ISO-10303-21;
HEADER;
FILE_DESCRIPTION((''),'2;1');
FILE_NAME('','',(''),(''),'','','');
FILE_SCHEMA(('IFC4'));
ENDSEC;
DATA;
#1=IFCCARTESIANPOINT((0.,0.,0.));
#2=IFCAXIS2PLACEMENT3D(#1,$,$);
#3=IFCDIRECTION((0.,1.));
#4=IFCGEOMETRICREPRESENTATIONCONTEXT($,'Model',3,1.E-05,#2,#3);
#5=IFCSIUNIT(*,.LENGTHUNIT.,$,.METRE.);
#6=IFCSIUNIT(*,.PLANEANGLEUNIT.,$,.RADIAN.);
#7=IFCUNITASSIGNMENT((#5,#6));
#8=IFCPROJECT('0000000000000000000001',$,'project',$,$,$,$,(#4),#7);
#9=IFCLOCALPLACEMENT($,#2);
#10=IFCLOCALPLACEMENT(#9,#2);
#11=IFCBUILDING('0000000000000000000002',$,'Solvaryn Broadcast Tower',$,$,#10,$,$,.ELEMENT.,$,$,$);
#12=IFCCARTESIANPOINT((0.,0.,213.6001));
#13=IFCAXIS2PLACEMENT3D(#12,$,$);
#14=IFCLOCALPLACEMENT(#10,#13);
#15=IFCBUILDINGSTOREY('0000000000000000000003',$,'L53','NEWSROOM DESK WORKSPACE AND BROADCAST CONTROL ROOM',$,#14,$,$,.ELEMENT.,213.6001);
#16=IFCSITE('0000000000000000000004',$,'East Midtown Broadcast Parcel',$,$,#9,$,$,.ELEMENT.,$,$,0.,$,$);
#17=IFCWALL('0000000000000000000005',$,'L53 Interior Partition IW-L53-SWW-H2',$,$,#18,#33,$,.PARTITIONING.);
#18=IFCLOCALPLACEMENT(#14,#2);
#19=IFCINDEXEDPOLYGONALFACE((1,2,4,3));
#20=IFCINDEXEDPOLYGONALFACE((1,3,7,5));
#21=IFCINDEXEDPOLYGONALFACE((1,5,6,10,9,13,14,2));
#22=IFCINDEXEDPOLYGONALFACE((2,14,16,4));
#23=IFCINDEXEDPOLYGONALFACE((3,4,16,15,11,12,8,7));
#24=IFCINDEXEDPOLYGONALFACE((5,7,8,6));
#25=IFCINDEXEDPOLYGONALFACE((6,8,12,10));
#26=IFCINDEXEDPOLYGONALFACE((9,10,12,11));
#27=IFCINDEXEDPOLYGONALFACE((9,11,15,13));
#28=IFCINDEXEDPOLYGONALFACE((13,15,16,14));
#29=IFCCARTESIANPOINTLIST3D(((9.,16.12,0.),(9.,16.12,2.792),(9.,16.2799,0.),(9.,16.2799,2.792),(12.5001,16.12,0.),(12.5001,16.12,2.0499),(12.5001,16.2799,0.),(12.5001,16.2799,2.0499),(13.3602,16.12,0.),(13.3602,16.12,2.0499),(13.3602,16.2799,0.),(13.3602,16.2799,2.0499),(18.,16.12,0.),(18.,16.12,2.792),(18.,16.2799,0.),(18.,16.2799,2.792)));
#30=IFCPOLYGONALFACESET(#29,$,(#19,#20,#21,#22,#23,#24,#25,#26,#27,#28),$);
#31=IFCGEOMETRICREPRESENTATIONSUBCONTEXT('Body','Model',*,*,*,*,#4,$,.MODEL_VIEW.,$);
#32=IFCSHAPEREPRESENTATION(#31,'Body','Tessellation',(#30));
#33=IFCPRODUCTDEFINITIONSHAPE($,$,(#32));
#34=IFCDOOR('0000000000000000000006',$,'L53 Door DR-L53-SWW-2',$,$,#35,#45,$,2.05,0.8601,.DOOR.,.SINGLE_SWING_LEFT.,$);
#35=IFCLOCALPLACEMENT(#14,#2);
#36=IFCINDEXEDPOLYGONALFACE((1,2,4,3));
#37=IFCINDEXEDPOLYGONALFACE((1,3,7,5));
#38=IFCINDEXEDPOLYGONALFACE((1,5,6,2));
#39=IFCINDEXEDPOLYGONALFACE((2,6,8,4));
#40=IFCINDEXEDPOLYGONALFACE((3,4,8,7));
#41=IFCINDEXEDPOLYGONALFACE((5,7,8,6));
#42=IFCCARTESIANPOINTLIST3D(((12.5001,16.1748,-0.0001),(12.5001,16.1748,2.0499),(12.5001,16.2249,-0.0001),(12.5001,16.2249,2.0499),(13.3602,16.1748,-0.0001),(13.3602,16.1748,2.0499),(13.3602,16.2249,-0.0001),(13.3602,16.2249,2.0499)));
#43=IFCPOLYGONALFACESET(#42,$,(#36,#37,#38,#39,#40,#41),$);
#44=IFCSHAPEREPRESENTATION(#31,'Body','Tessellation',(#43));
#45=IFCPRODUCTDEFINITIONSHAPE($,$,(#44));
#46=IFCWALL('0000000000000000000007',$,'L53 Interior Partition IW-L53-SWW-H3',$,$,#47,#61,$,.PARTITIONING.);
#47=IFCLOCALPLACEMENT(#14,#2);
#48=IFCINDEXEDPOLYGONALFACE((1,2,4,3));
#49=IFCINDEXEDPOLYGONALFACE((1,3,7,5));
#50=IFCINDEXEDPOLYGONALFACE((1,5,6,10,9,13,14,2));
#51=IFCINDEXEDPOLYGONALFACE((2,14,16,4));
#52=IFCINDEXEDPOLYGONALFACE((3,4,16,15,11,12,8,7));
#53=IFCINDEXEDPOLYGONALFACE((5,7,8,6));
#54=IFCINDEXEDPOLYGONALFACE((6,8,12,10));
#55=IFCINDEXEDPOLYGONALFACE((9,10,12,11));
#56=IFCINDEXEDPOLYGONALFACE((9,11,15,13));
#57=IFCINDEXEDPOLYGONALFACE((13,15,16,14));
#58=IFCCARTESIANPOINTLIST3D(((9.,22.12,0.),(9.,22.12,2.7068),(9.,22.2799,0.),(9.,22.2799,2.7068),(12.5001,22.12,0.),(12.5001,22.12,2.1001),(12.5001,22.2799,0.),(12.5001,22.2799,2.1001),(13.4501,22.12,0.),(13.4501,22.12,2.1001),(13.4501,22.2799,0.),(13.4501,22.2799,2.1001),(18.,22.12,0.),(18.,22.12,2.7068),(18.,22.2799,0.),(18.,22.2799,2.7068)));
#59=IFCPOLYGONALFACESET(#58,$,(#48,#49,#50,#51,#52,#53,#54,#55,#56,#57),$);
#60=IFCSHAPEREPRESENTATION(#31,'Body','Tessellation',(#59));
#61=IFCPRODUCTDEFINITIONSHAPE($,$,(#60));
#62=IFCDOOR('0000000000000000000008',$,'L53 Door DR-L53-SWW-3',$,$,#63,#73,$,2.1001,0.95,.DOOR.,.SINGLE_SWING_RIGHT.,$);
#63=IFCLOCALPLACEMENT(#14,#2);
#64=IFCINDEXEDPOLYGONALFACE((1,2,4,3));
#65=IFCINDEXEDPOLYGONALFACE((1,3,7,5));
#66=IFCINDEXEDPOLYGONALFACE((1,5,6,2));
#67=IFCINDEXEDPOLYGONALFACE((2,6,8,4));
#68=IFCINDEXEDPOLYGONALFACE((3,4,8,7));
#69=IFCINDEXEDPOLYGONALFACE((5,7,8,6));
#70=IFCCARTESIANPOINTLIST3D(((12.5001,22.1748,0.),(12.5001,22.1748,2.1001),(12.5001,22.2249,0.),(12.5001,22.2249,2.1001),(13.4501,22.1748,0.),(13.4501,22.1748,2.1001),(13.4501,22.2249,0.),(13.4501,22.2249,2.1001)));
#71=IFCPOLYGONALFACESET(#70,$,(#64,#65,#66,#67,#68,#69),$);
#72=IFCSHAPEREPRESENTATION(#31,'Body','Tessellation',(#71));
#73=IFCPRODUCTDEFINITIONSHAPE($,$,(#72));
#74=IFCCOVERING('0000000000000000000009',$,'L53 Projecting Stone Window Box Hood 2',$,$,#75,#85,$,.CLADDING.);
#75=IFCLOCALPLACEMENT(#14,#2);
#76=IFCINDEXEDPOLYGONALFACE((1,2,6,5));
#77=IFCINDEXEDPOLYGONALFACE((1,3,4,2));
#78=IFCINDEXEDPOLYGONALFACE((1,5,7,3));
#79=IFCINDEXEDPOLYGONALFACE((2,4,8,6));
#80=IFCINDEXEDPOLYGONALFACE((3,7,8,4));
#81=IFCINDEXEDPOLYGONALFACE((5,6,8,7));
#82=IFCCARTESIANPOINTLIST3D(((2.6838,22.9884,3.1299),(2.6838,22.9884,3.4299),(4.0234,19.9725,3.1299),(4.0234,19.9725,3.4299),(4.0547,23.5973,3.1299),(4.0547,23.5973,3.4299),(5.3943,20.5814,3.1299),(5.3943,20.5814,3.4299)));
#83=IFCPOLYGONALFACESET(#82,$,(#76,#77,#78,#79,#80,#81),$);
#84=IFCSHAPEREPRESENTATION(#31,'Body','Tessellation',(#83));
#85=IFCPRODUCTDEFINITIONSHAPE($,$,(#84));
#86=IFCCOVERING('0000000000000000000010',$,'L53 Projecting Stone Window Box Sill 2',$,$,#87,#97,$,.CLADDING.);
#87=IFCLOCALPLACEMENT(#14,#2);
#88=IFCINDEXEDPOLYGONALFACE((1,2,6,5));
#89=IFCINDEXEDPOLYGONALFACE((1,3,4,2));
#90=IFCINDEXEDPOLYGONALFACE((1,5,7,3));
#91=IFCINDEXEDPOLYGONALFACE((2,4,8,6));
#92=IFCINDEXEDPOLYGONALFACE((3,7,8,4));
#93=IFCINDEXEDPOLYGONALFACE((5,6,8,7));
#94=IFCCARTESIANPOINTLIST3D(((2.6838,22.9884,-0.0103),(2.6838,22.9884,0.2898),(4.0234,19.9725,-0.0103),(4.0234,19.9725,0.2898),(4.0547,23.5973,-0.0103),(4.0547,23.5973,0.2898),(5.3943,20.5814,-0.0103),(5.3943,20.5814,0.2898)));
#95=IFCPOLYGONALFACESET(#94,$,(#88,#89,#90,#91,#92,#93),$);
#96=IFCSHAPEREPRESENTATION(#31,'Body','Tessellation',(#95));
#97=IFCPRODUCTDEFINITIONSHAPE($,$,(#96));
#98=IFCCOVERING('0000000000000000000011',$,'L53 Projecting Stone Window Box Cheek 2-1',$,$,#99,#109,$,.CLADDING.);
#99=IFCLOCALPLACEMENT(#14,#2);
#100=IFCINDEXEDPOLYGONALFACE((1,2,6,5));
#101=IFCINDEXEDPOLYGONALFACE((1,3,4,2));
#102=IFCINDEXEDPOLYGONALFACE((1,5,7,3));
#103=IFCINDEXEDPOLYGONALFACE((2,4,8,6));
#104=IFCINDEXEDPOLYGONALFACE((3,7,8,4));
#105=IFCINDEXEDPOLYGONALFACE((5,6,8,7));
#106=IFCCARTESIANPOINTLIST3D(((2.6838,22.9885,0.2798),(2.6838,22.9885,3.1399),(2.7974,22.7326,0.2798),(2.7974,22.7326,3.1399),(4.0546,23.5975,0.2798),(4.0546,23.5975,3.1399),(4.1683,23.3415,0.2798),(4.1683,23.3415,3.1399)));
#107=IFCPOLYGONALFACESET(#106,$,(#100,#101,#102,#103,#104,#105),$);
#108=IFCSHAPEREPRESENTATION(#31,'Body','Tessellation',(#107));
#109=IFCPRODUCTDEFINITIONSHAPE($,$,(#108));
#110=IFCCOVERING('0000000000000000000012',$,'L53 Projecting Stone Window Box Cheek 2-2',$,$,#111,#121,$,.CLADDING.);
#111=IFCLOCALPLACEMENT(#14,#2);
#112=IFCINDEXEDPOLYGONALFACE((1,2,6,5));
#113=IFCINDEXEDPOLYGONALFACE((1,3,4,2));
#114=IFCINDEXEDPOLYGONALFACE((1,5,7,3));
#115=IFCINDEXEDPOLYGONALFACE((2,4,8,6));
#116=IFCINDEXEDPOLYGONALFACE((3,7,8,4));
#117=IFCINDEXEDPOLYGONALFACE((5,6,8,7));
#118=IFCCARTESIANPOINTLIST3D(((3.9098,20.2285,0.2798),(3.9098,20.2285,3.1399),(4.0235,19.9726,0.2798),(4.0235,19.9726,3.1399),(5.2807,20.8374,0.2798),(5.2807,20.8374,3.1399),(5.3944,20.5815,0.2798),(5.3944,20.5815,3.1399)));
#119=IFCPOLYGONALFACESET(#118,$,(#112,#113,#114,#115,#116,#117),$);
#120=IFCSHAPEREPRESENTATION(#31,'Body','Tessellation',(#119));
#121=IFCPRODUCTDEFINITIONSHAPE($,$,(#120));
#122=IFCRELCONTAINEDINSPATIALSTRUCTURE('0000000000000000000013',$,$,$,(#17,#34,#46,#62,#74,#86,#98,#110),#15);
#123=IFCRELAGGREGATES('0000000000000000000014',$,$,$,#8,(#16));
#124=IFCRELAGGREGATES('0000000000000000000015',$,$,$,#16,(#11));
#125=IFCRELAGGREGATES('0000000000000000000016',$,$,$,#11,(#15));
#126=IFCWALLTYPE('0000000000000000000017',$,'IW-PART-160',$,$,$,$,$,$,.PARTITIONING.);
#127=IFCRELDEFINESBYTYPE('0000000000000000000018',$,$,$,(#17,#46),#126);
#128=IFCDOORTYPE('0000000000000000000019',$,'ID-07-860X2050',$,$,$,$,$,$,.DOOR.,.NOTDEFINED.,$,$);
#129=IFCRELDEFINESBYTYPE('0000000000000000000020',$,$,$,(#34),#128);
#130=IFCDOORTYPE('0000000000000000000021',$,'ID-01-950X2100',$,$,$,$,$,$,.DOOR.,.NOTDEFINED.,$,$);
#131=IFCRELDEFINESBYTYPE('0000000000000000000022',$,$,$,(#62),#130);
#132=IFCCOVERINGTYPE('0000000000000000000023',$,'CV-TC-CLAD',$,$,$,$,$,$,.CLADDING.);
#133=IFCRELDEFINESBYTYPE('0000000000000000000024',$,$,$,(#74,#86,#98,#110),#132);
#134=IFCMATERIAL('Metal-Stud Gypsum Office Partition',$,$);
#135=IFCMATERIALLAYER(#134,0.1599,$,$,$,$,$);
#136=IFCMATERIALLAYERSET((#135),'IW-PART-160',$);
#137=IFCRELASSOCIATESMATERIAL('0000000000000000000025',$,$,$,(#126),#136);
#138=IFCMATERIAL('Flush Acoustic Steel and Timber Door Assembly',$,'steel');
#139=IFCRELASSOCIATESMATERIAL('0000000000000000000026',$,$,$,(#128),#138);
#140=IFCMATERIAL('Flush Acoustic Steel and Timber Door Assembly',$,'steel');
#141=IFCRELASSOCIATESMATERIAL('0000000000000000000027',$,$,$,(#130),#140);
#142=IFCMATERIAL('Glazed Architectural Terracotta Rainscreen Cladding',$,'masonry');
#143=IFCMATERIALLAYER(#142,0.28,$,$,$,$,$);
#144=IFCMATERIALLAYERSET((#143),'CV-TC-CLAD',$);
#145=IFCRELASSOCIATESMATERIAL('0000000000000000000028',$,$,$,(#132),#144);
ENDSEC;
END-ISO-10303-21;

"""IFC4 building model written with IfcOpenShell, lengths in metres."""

from ifc_helpers import new_model, si_unit, direction, frame, frame_2d, origin, origin_2d, place, context, subcontext, project, spatial, rectangle, extrude, material, layer, layer_set, type_object, element, fill, save


model = new_model("IFC4")

# Units and contexts
model_context = context("Model", 3, precision=1e-05, world=origin(), true_north=direction((0.0, 1.0)))
body_context = subcontext(model_context, "Body", "Model", "MODEL_VIEW")
ifc_project = project(units=[si_unit("LENGTHUNIT", "METRE"), si_unit("PLANEANGLEUNIT", "RADIAN")], contexts=[model_context])

# Site, building, storey
site_placement = place(None, origin())
site = spatial("IfcSite", under=ifc_project, at=site_placement, Name="East Midtown Broadcast Parcel", CompositionType="ELEMENT", RefElevation=0.0)
building_placement = place(site_placement, origin())
building = spatial("IfcBuilding", under=site, at=building_placement, Name="Solvaryn Broadcast Tower", CompositionType="ELEMENT")
storey_placement = place(building_placement, frame((0.0, 0.0, 213.6001)))
storey = spatial("IfcBuildingStorey", under=building, at=storey_placement, Name="L53", Description="NEWSROOM DESK WORKSPACE AND BROADCAST CONTROL ROOM", CompositionType="ELEMENT", Elevation=213.6001)

# Shared definitions
ifc_material_1 = material(Name="Metal-Stud Gypsum Office Partition")
ifc_layer_1 = layer(ifc_material_1, 0.1599)
ifc_layer_set_1 = layer_set([ifc_layer_1], Name="IW-PART-160")
wall_type = type_object("IfcWallType", Name="IW-PART-160", PredefinedType="PARTITIONING", material=ifc_layer_set_1)

# Walls, openings, doors
wall_1_placement = place(storey_placement, frame((9.0, 16.2, 0.0), z_axis=(0.0, 0.0, 1.0), x_axis=(1.0, 0.0, 0.0)))
wall_1 = element("IfcWall", 1, at=wall_1_placement, inside=storey, type_object=wall_type, Name="L53 Interior Partition IW-L53-SWW-H2", PredefinedType="PARTITIONING", context=body_context, shape_type="SweptSolid", body=[
    extrude(rectangle(XDim=9.0, YDim=0.1599, at=frame_2d((4.5, 0.0))), origin(), (0.0, 0.0, 1.0), 2.792),
])
opening_1_placement = place(wall_1_placement, frame((3.5, 0.0, 0.0)))
opening_1 = element("IfcOpeningElement", 2, at=opening_1_placement, cuts=wall_1, PredefinedType="OPENING", context=body_context, shape_type="SweptSolid", body=[
    extrude(rectangle(XDim=0.8601, YDim=2.05, at=frame_2d((0.4302, 1.0249))), frame((0.0, 0.0901, 0.0), z_axis=(0.0, -1.0, 0.0), x_axis=(1.0, 0.0, 0.0)), (0.0, 0.0, 1.0), 0.1799),
])
ifc_material_2 = material(Name="Flush Acoustic Steel and Timber Door Assembly", Category="steel")
door_type_1 = type_object("IfcDoorType", Name="ID-07-860X2050", OperationType="NOTDEFINED", PredefinedType="DOOR", material=ifc_material_2)
door_1_placement = place(opening_1_placement, origin())
door_1 = element("IfcDoor", 3, at=door_1_placement, inside=storey, type_object=door_type_1, Name="L53 Door DR-L53-SWW-2", OperationType="SINGLE_SWING_LEFT", OverallHeight=2.05, OverallWidth=0.8601, PredefinedType="DOOR", context=body_context, shape_type="SweptSolid", body=[
    extrude(rectangle(XDim=0.8601, YDim=2.05, at=frame_2d((0.4302, 1.0249))), frame((0.0, 0.0249, 0.0), z_axis=(0.0, -1.0, 0.0), x_axis=(1.0, 0.0, 0.0)), (0.0, 0.0, 1.0), 0.05),
])
fill(opening_1, door_1)
wall_2_placement = place(storey_placement, frame((9.0, 22.2, 0.0), z_axis=(0.0, 0.0, 1.0), x_axis=(1.0, 0.0, 0.0)))
wall_2 = element("IfcWall", 4, at=wall_2_placement, inside=storey, type_object=wall_type, Name="L53 Interior Partition IW-L53-SWW-H3", PredefinedType="PARTITIONING", context=body_context, shape_type="SweptSolid", body=[
    extrude(rectangle(XDim=9.0, YDim=0.1599, at=frame_2d((4.5, 0.0))), origin(), (0.0, 0.0, 1.0), 2.7068),
])
opening_2_placement = place(wall_2_placement, frame((3.5, 0.0, 0.0)))
opening_2 = element("IfcOpeningElement", 5, at=opening_2_placement, cuts=wall_2, PredefinedType="OPENING", context=body_context, shape_type="SweptSolid", body=[
    extrude(rectangle(XDim=0.95, YDim=2.1001, at=frame_2d((0.4751, 1.05))), frame((0.0, 0.0901, 0.0), z_axis=(0.0, -1.0, 0.0), x_axis=(1.0, 0.0, 0.0)), (0.0, 0.0, 1.0), 0.1799),
])
ifc_material_3 = material(Name="Flush Acoustic Steel and Timber Door Assembly", Category="steel")
door_type_2 = type_object("IfcDoorType", Name="ID-01-950X2100", OperationType="NOTDEFINED", PredefinedType="DOOR", material=ifc_material_3)
door_2_placement = place(opening_2_placement, origin())
door_2 = element("IfcDoor", 6, at=door_2_placement, inside=storey, type_object=door_type_2, Name="L53 Door DR-L53-SWW-3", OperationType="SINGLE_SWING_RIGHT", OverallHeight=2.1001, OverallWidth=0.95, PredefinedType="DOOR", context=body_context, shape_type="SweptSolid", body=[
    extrude(rectangle(XDim=0.95, YDim=2.1001, at=frame_2d((0.4751, 1.05))), frame((0.0, 0.0249, 0.0), z_axis=(0.0, -1.0, 0.0), x_axis=(1.0, 0.0, 0.0)), (0.0, 0.0, 1.0), 0.05),
])
fill(opening_2, door_2)

# Coverings
ifc_material_4 = material(Name="Glazed Architectural Terracotta Rainscreen Cladding", Category="masonry")
ifc_layer_2 = layer(ifc_material_4, 0.28)
ifc_layer_set_2 = layer_set([ifc_layer_2], Name="CV-TC-CLAD")
covering_type = type_object("IfcCoveringType", Name="CV-TC-CLAD", PredefinedType="CLADDING", material=ifc_layer_set_2)
for number, where, z_axis, x_axis, name in (
    (7, (4.0391, 21.7849, 3.1299), (0.0, 0.0, 1.0), (0.405939, -0.9139, 0.0), "L53 Projecting Stone Window Box Hood 2"),
    (8, (4.0391, 21.7849, -0.0103), (0.0, 0.0, 1.0), (0.405939, -0.9139, 0.0), "L53 Projecting Stone Window Box Sill 2"),
):
    element("IfcCovering", number, at=place(storey_placement, frame(where, z_axis=z_axis, x_axis=x_axis)), inside=storey, type_object=covering_type, Name=name, PredefinedType="CLADDING", context=body_context, shape_type="SweptSolid", body=[
        extrude(rectangle(XDim=3.3, YDim=1.5, at=origin_2d()), origin(), (0.0, 0.0, 1.0), 0.3),
    ])
for number, where, z_axis, x_axis, name in (
    (9, (3.426, 23.165, 0.2798), (0.0, 0.0, 1.0), (0.405939, -0.9139, 0.0), "L53 Projecting Stone Window Box Cheek 2-1"),
    (10, (4.6521, 20.405, 0.2798), (0.0, 0.0, 1.0), (0.405939, -0.9139, 0.0), "L53 Projecting Stone Window Box Cheek 2-2"),
):
    element("IfcCovering", number, at=place(storey_placement, frame(where, z_axis=z_axis, x_axis=x_axis)), inside=storey, type_object=covering_type, Name=name, PredefinedType="CLADDING", context=body_context, shape_type="SweptSolid", body=[
        extrude(rectangle(XDim=0.28, YDim=1.5, at=origin_2d()), origin(), (0.0, 0.0, 1.0), 2.8601),
    ])

save(model, "model.ifc")
